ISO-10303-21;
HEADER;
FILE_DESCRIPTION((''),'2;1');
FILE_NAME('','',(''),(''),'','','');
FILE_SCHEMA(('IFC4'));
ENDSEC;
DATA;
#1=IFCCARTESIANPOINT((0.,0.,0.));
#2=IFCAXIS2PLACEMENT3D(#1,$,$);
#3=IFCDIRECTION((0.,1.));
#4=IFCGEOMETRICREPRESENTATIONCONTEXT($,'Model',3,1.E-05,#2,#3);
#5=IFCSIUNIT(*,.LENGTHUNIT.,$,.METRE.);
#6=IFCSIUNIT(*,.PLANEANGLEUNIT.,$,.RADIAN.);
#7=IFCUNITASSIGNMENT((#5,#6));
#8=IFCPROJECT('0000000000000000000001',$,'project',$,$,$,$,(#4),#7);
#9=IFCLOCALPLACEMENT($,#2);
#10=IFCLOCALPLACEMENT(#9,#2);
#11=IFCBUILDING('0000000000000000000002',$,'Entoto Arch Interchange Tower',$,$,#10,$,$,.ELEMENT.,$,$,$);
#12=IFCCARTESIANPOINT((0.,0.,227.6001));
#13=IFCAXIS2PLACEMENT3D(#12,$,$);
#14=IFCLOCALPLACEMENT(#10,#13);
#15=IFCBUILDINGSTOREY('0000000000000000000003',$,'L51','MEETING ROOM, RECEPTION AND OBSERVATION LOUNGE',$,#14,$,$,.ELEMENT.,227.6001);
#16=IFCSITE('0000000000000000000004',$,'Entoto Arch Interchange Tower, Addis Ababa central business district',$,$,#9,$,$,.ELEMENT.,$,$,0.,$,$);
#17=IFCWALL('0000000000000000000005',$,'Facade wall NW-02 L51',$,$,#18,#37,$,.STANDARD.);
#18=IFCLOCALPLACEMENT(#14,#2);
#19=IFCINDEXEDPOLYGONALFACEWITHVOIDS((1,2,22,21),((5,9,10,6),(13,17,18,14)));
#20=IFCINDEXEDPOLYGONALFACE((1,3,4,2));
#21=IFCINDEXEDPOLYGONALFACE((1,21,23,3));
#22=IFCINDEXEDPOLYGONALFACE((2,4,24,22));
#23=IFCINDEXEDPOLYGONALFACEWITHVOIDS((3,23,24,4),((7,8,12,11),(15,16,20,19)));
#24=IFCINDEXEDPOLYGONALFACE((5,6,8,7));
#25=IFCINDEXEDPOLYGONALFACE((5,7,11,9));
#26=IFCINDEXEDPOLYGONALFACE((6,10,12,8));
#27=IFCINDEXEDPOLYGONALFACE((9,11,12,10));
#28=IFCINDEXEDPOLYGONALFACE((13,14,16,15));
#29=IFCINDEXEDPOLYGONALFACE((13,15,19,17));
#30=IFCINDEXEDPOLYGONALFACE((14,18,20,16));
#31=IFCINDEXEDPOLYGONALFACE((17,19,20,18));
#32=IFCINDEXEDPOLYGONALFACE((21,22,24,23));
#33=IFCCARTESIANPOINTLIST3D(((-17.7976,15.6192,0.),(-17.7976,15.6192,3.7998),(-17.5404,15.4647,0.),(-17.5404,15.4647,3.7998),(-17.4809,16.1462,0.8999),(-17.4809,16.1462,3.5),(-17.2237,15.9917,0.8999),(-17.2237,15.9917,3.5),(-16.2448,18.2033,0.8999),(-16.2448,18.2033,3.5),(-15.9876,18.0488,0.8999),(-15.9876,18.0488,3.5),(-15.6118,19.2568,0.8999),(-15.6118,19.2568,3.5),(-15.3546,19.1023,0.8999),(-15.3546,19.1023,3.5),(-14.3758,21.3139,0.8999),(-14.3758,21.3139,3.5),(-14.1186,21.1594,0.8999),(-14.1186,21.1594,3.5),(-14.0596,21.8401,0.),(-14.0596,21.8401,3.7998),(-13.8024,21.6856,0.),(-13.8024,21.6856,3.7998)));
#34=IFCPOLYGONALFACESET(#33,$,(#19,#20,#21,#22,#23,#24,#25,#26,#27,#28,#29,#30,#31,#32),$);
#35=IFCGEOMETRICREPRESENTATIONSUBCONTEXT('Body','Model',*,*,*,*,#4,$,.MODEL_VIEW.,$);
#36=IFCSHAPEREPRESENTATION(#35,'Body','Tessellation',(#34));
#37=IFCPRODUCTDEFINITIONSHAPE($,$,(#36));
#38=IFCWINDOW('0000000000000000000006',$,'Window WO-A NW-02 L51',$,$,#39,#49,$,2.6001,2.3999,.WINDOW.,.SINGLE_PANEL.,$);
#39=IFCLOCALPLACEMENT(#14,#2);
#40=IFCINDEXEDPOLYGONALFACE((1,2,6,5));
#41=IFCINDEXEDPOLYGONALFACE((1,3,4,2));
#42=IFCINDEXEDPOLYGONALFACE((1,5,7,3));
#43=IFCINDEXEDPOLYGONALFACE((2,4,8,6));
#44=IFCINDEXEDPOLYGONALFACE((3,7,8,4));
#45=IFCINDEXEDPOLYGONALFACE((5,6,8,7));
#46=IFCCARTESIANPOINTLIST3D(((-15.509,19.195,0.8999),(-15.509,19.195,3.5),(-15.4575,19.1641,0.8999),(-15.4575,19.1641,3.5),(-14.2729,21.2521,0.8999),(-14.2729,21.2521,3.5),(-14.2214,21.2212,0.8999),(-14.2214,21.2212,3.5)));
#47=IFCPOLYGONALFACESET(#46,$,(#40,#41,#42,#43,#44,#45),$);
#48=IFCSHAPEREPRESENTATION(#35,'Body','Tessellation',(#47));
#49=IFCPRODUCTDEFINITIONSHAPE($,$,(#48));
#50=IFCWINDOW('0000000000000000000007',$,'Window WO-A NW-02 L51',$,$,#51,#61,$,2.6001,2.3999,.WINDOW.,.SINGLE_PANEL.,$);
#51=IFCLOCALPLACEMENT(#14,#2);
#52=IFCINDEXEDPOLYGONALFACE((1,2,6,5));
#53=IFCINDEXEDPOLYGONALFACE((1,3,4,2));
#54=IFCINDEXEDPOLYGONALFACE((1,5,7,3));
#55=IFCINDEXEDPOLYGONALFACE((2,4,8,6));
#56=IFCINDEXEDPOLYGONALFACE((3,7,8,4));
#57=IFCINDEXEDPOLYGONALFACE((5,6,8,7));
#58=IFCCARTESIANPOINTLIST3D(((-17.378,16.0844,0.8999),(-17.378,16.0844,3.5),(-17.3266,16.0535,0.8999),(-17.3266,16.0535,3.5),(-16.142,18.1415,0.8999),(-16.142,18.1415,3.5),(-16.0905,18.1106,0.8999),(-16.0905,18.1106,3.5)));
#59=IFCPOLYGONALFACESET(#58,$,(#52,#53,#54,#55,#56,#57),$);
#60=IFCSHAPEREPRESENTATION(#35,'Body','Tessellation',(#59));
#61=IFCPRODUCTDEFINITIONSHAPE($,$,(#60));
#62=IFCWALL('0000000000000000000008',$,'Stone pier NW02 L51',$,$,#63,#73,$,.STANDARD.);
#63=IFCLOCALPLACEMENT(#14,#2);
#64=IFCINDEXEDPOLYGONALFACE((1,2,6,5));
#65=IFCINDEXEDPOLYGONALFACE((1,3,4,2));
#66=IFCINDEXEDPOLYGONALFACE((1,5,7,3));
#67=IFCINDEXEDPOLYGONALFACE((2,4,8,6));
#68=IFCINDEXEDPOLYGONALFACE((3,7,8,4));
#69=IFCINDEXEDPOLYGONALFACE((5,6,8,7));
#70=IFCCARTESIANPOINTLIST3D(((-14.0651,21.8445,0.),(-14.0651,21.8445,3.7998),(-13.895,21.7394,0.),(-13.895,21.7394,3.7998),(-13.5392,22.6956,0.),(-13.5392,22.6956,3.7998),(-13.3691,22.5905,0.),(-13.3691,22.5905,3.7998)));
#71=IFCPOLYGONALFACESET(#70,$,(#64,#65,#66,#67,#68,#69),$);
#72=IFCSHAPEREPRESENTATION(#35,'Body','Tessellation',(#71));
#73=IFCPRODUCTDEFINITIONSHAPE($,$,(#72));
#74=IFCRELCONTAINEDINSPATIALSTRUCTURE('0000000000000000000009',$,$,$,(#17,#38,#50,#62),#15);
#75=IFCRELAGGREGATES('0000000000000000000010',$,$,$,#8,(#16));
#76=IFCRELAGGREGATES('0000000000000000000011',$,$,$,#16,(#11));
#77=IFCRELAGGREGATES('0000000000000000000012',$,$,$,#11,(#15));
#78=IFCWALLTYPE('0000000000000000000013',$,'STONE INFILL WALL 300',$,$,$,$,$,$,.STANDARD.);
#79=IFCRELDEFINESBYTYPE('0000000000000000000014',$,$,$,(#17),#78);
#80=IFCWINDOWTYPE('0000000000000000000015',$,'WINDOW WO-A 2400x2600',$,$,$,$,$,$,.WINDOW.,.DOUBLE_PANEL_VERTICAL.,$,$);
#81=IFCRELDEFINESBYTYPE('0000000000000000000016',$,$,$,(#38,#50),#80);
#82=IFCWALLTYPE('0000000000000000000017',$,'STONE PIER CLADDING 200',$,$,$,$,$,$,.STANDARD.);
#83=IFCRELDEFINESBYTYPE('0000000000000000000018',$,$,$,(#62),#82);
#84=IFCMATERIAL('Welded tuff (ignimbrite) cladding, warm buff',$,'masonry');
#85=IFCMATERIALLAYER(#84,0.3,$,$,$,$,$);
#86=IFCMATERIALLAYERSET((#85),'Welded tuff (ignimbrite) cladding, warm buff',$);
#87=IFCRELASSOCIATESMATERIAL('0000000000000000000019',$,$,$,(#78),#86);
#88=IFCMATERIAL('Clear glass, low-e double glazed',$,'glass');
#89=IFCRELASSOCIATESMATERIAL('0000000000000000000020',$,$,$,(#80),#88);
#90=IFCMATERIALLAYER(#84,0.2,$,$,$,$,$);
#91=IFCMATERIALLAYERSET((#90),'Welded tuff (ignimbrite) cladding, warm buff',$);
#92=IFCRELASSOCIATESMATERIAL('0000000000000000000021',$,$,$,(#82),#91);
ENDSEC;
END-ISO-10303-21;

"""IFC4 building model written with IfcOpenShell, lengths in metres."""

from ifc_helpers import new_model, si_unit, direction, frame, frame_2d, origin, place, context, subcontext, project, spatial, rectangle, extrude, material, layer, layer_set, type_object, element, fill, save


model = new_model("IFC4")

# Units and contexts
model_context = context("Model", 3, precision=1e-05, world=origin(), true_north=direction((0.0, 1.0)))
body_context = subcontext(model_context, "Body", "Model", "MODEL_VIEW")
ifc_project = project(units=[si_unit("LENGTHUNIT", "METRE"), si_unit("PLANEANGLEUNIT", "RADIAN")], contexts=[model_context])

# Site, building, storey
site_placement = place(None, origin())
site = spatial("IfcSite", under=ifc_project, at=site_placement, Name="Entoto Arch Interchange Tower, Addis Ababa central business district", CompositionType="ELEMENT", RefElevation=0.0)
building_placement = place(site_placement, origin())
building = spatial("IfcBuilding", under=site, at=building_placement, Name="Entoto Arch Interchange Tower", CompositionType="ELEMENT")
storey_placement = place(building_placement, frame((0.0, 0.0, 227.6001)))
storey = spatial("IfcBuildingStorey", under=building, at=storey_placement, Name="L51", Description="MEETING ROOM, RECEPTION AND OBSERVATION LOUNGE", CompositionType="ELEMENT", Elevation=227.6001)

# Wall, openings, windows
ifc_material_1 = material(Name="Welded tuff (ignimbrite) cladding, warm buff", Category="masonry")
ifc_layer_1 = layer(ifc_material_1, 0.3)
ifc_layer_set_1 = layer_set([ifc_layer_1], Name="Welded tuff (ignimbrite) cladding, warm buff")
wall_type_1 = type_object("IfcWallType", Name="STONE INFILL WALL 300", PredefinedType="STANDARD", material=ifc_layer_set_1)
wall_1_placement = place(storey_placement, frame((-13.9309, 21.7629, 0.0), z_axis=(0.0, 0.0, 1.0), x_axis=(-0.51505, -0.85716, 0.0)))
wall_1 = element("IfcWall", 1, at=wall_1_placement, inside=storey, type_object=wall_type_1, Name="Facade wall NW-02 L51", PredefinedType="STANDARD", context=body_context, shape_type="SweptSolid", body=[
    extrude(rectangle(XDim=7.2576, YDim=0.3, at=frame_2d((3.6289, 0.0))), origin(), (0.0, 0.0, 1.0), 3.7998),
])
opening_1_placement = place(wall_1_placement, frame((0.614, 0.0, 0.8999)))
opening_1 = element("IfcOpeningElement", 2, at=opening_1_placement, cuts=wall_1, PredefinedType="OPENING", context=body_context, shape_type="SweptSolid", body=[
    extrude(rectangle(XDim=2.3999, YDim=2.6001, at=frame_2d((1.2, 1.3))), frame((0.0, 0.1602, 0.0), z_axis=(0.0, -1.0, 0.0), x_axis=(1.0, 0.0, 0.0)), (0.0, 0.0, 1.0), 0.3201),
])
opening_2_placement = place(wall_1_placement, frame((4.2429, 0.0, 0.8999)))
opening_2 = element("IfcOpeningElement", 3, at=opening_2_placement, cuts=wall_1, PredefinedType="OPENING", context=body_context, shape_type="SweptSolid", body=[
    extrude(rectangle(XDim=2.3999, YDim=2.6001, at=frame_2d((1.2, 1.3))), frame((0.0, 0.1602, 0.0), z_axis=(0.0, -1.0, 0.0), x_axis=(1.0, 0.0, 0.0)), (0.0, 0.0, 1.0), 0.3201),
])
ifc_material_2 = material(Name="Clear glass, low-e double glazed", Category="glass")
window_type = type_object("IfcWindowType", Name="WINDOW WO-A 2400x2600", PartitioningType="DOUBLE_PANEL_VERTICAL", PredefinedType="WINDOW", material=ifc_material_2)
window_1_placement = place(opening_1_placement, origin())
window_1 = element("IfcWindow", 4, at=window_1_placement, inside=storey, type_object=window_type, Name="Window WO-A NW-02 L51", OverallHeight=2.6001, OverallWidth=2.3999, PartitioningType="SINGLE_PANEL", PredefinedType="WINDOW", context=body_context, shape_type="SweptSolid", body=[
    extrude(rectangle(XDim=2.3999, YDim=2.6001, at=frame_2d((1.2, 1.3))), frame((0.0, 0.03, 0.0), z_axis=(0.0, -1.0, 0.0), x_axis=(1.0, 0.0, 0.0)), (0.0, 0.0, 1.0), 0.0601),
])
fill(opening_1, window_1)
window_2_placement = place(opening_2_placement, origin())
window_2 = element("IfcWindow", 5, at=window_2_placement, inside=storey, type_object=window_type, Name="Window WO-A NW-02 L51", OverallHeight=2.6001, OverallWidth=2.3999, PartitioningType="SINGLE_PANEL", PredefinedType="WINDOW", context=body_context, shape_type="SweptSolid", body=[
    extrude(rectangle(XDim=2.3999, YDim=2.6001, at=frame_2d((1.2, 1.3))), frame((0.0, 0.03, 0.0), z_axis=(0.0, -1.0, 0.0), x_axis=(1.0, 0.0, 0.0)), (0.0, 0.0, 1.0), 0.0601),
])
fill(opening_2, window_2)

# Wall
ifc_layer_2 = layer(ifc_material_1, 0.2)
ifc_layer_set_2 = layer_set([ifc_layer_2], Name="Welded tuff (ignimbrite) cladding, warm buff")
wall_type_2 = type_object("IfcWallType", Name="STONE PIER CLADDING 200", PredefinedType="STANDARD", material=ifc_layer_set_2)
wall_2_placement = place(storey_placement, frame((-13.4541, 22.6431, 0.0), z_axis=(0.0, 0.0, 1.0), x_axis=(-0.525649, -0.850702, 0.0)))
element("IfcWall", 6, at=wall_2_placement, inside=storey, type_object=wall_type_2, Name="Stone pier NW02 L51", PredefinedType="STANDARD", context=body_context, shape_type="SweptSolid", body=[
    extrude(rectangle(XDim=1.0005, YDim=0.2, at=frame_2d((0.5002, 0.0))), origin(), (0.0, 0.0, 1.0), 3.7998),
])

save(model, "model.ifc")
